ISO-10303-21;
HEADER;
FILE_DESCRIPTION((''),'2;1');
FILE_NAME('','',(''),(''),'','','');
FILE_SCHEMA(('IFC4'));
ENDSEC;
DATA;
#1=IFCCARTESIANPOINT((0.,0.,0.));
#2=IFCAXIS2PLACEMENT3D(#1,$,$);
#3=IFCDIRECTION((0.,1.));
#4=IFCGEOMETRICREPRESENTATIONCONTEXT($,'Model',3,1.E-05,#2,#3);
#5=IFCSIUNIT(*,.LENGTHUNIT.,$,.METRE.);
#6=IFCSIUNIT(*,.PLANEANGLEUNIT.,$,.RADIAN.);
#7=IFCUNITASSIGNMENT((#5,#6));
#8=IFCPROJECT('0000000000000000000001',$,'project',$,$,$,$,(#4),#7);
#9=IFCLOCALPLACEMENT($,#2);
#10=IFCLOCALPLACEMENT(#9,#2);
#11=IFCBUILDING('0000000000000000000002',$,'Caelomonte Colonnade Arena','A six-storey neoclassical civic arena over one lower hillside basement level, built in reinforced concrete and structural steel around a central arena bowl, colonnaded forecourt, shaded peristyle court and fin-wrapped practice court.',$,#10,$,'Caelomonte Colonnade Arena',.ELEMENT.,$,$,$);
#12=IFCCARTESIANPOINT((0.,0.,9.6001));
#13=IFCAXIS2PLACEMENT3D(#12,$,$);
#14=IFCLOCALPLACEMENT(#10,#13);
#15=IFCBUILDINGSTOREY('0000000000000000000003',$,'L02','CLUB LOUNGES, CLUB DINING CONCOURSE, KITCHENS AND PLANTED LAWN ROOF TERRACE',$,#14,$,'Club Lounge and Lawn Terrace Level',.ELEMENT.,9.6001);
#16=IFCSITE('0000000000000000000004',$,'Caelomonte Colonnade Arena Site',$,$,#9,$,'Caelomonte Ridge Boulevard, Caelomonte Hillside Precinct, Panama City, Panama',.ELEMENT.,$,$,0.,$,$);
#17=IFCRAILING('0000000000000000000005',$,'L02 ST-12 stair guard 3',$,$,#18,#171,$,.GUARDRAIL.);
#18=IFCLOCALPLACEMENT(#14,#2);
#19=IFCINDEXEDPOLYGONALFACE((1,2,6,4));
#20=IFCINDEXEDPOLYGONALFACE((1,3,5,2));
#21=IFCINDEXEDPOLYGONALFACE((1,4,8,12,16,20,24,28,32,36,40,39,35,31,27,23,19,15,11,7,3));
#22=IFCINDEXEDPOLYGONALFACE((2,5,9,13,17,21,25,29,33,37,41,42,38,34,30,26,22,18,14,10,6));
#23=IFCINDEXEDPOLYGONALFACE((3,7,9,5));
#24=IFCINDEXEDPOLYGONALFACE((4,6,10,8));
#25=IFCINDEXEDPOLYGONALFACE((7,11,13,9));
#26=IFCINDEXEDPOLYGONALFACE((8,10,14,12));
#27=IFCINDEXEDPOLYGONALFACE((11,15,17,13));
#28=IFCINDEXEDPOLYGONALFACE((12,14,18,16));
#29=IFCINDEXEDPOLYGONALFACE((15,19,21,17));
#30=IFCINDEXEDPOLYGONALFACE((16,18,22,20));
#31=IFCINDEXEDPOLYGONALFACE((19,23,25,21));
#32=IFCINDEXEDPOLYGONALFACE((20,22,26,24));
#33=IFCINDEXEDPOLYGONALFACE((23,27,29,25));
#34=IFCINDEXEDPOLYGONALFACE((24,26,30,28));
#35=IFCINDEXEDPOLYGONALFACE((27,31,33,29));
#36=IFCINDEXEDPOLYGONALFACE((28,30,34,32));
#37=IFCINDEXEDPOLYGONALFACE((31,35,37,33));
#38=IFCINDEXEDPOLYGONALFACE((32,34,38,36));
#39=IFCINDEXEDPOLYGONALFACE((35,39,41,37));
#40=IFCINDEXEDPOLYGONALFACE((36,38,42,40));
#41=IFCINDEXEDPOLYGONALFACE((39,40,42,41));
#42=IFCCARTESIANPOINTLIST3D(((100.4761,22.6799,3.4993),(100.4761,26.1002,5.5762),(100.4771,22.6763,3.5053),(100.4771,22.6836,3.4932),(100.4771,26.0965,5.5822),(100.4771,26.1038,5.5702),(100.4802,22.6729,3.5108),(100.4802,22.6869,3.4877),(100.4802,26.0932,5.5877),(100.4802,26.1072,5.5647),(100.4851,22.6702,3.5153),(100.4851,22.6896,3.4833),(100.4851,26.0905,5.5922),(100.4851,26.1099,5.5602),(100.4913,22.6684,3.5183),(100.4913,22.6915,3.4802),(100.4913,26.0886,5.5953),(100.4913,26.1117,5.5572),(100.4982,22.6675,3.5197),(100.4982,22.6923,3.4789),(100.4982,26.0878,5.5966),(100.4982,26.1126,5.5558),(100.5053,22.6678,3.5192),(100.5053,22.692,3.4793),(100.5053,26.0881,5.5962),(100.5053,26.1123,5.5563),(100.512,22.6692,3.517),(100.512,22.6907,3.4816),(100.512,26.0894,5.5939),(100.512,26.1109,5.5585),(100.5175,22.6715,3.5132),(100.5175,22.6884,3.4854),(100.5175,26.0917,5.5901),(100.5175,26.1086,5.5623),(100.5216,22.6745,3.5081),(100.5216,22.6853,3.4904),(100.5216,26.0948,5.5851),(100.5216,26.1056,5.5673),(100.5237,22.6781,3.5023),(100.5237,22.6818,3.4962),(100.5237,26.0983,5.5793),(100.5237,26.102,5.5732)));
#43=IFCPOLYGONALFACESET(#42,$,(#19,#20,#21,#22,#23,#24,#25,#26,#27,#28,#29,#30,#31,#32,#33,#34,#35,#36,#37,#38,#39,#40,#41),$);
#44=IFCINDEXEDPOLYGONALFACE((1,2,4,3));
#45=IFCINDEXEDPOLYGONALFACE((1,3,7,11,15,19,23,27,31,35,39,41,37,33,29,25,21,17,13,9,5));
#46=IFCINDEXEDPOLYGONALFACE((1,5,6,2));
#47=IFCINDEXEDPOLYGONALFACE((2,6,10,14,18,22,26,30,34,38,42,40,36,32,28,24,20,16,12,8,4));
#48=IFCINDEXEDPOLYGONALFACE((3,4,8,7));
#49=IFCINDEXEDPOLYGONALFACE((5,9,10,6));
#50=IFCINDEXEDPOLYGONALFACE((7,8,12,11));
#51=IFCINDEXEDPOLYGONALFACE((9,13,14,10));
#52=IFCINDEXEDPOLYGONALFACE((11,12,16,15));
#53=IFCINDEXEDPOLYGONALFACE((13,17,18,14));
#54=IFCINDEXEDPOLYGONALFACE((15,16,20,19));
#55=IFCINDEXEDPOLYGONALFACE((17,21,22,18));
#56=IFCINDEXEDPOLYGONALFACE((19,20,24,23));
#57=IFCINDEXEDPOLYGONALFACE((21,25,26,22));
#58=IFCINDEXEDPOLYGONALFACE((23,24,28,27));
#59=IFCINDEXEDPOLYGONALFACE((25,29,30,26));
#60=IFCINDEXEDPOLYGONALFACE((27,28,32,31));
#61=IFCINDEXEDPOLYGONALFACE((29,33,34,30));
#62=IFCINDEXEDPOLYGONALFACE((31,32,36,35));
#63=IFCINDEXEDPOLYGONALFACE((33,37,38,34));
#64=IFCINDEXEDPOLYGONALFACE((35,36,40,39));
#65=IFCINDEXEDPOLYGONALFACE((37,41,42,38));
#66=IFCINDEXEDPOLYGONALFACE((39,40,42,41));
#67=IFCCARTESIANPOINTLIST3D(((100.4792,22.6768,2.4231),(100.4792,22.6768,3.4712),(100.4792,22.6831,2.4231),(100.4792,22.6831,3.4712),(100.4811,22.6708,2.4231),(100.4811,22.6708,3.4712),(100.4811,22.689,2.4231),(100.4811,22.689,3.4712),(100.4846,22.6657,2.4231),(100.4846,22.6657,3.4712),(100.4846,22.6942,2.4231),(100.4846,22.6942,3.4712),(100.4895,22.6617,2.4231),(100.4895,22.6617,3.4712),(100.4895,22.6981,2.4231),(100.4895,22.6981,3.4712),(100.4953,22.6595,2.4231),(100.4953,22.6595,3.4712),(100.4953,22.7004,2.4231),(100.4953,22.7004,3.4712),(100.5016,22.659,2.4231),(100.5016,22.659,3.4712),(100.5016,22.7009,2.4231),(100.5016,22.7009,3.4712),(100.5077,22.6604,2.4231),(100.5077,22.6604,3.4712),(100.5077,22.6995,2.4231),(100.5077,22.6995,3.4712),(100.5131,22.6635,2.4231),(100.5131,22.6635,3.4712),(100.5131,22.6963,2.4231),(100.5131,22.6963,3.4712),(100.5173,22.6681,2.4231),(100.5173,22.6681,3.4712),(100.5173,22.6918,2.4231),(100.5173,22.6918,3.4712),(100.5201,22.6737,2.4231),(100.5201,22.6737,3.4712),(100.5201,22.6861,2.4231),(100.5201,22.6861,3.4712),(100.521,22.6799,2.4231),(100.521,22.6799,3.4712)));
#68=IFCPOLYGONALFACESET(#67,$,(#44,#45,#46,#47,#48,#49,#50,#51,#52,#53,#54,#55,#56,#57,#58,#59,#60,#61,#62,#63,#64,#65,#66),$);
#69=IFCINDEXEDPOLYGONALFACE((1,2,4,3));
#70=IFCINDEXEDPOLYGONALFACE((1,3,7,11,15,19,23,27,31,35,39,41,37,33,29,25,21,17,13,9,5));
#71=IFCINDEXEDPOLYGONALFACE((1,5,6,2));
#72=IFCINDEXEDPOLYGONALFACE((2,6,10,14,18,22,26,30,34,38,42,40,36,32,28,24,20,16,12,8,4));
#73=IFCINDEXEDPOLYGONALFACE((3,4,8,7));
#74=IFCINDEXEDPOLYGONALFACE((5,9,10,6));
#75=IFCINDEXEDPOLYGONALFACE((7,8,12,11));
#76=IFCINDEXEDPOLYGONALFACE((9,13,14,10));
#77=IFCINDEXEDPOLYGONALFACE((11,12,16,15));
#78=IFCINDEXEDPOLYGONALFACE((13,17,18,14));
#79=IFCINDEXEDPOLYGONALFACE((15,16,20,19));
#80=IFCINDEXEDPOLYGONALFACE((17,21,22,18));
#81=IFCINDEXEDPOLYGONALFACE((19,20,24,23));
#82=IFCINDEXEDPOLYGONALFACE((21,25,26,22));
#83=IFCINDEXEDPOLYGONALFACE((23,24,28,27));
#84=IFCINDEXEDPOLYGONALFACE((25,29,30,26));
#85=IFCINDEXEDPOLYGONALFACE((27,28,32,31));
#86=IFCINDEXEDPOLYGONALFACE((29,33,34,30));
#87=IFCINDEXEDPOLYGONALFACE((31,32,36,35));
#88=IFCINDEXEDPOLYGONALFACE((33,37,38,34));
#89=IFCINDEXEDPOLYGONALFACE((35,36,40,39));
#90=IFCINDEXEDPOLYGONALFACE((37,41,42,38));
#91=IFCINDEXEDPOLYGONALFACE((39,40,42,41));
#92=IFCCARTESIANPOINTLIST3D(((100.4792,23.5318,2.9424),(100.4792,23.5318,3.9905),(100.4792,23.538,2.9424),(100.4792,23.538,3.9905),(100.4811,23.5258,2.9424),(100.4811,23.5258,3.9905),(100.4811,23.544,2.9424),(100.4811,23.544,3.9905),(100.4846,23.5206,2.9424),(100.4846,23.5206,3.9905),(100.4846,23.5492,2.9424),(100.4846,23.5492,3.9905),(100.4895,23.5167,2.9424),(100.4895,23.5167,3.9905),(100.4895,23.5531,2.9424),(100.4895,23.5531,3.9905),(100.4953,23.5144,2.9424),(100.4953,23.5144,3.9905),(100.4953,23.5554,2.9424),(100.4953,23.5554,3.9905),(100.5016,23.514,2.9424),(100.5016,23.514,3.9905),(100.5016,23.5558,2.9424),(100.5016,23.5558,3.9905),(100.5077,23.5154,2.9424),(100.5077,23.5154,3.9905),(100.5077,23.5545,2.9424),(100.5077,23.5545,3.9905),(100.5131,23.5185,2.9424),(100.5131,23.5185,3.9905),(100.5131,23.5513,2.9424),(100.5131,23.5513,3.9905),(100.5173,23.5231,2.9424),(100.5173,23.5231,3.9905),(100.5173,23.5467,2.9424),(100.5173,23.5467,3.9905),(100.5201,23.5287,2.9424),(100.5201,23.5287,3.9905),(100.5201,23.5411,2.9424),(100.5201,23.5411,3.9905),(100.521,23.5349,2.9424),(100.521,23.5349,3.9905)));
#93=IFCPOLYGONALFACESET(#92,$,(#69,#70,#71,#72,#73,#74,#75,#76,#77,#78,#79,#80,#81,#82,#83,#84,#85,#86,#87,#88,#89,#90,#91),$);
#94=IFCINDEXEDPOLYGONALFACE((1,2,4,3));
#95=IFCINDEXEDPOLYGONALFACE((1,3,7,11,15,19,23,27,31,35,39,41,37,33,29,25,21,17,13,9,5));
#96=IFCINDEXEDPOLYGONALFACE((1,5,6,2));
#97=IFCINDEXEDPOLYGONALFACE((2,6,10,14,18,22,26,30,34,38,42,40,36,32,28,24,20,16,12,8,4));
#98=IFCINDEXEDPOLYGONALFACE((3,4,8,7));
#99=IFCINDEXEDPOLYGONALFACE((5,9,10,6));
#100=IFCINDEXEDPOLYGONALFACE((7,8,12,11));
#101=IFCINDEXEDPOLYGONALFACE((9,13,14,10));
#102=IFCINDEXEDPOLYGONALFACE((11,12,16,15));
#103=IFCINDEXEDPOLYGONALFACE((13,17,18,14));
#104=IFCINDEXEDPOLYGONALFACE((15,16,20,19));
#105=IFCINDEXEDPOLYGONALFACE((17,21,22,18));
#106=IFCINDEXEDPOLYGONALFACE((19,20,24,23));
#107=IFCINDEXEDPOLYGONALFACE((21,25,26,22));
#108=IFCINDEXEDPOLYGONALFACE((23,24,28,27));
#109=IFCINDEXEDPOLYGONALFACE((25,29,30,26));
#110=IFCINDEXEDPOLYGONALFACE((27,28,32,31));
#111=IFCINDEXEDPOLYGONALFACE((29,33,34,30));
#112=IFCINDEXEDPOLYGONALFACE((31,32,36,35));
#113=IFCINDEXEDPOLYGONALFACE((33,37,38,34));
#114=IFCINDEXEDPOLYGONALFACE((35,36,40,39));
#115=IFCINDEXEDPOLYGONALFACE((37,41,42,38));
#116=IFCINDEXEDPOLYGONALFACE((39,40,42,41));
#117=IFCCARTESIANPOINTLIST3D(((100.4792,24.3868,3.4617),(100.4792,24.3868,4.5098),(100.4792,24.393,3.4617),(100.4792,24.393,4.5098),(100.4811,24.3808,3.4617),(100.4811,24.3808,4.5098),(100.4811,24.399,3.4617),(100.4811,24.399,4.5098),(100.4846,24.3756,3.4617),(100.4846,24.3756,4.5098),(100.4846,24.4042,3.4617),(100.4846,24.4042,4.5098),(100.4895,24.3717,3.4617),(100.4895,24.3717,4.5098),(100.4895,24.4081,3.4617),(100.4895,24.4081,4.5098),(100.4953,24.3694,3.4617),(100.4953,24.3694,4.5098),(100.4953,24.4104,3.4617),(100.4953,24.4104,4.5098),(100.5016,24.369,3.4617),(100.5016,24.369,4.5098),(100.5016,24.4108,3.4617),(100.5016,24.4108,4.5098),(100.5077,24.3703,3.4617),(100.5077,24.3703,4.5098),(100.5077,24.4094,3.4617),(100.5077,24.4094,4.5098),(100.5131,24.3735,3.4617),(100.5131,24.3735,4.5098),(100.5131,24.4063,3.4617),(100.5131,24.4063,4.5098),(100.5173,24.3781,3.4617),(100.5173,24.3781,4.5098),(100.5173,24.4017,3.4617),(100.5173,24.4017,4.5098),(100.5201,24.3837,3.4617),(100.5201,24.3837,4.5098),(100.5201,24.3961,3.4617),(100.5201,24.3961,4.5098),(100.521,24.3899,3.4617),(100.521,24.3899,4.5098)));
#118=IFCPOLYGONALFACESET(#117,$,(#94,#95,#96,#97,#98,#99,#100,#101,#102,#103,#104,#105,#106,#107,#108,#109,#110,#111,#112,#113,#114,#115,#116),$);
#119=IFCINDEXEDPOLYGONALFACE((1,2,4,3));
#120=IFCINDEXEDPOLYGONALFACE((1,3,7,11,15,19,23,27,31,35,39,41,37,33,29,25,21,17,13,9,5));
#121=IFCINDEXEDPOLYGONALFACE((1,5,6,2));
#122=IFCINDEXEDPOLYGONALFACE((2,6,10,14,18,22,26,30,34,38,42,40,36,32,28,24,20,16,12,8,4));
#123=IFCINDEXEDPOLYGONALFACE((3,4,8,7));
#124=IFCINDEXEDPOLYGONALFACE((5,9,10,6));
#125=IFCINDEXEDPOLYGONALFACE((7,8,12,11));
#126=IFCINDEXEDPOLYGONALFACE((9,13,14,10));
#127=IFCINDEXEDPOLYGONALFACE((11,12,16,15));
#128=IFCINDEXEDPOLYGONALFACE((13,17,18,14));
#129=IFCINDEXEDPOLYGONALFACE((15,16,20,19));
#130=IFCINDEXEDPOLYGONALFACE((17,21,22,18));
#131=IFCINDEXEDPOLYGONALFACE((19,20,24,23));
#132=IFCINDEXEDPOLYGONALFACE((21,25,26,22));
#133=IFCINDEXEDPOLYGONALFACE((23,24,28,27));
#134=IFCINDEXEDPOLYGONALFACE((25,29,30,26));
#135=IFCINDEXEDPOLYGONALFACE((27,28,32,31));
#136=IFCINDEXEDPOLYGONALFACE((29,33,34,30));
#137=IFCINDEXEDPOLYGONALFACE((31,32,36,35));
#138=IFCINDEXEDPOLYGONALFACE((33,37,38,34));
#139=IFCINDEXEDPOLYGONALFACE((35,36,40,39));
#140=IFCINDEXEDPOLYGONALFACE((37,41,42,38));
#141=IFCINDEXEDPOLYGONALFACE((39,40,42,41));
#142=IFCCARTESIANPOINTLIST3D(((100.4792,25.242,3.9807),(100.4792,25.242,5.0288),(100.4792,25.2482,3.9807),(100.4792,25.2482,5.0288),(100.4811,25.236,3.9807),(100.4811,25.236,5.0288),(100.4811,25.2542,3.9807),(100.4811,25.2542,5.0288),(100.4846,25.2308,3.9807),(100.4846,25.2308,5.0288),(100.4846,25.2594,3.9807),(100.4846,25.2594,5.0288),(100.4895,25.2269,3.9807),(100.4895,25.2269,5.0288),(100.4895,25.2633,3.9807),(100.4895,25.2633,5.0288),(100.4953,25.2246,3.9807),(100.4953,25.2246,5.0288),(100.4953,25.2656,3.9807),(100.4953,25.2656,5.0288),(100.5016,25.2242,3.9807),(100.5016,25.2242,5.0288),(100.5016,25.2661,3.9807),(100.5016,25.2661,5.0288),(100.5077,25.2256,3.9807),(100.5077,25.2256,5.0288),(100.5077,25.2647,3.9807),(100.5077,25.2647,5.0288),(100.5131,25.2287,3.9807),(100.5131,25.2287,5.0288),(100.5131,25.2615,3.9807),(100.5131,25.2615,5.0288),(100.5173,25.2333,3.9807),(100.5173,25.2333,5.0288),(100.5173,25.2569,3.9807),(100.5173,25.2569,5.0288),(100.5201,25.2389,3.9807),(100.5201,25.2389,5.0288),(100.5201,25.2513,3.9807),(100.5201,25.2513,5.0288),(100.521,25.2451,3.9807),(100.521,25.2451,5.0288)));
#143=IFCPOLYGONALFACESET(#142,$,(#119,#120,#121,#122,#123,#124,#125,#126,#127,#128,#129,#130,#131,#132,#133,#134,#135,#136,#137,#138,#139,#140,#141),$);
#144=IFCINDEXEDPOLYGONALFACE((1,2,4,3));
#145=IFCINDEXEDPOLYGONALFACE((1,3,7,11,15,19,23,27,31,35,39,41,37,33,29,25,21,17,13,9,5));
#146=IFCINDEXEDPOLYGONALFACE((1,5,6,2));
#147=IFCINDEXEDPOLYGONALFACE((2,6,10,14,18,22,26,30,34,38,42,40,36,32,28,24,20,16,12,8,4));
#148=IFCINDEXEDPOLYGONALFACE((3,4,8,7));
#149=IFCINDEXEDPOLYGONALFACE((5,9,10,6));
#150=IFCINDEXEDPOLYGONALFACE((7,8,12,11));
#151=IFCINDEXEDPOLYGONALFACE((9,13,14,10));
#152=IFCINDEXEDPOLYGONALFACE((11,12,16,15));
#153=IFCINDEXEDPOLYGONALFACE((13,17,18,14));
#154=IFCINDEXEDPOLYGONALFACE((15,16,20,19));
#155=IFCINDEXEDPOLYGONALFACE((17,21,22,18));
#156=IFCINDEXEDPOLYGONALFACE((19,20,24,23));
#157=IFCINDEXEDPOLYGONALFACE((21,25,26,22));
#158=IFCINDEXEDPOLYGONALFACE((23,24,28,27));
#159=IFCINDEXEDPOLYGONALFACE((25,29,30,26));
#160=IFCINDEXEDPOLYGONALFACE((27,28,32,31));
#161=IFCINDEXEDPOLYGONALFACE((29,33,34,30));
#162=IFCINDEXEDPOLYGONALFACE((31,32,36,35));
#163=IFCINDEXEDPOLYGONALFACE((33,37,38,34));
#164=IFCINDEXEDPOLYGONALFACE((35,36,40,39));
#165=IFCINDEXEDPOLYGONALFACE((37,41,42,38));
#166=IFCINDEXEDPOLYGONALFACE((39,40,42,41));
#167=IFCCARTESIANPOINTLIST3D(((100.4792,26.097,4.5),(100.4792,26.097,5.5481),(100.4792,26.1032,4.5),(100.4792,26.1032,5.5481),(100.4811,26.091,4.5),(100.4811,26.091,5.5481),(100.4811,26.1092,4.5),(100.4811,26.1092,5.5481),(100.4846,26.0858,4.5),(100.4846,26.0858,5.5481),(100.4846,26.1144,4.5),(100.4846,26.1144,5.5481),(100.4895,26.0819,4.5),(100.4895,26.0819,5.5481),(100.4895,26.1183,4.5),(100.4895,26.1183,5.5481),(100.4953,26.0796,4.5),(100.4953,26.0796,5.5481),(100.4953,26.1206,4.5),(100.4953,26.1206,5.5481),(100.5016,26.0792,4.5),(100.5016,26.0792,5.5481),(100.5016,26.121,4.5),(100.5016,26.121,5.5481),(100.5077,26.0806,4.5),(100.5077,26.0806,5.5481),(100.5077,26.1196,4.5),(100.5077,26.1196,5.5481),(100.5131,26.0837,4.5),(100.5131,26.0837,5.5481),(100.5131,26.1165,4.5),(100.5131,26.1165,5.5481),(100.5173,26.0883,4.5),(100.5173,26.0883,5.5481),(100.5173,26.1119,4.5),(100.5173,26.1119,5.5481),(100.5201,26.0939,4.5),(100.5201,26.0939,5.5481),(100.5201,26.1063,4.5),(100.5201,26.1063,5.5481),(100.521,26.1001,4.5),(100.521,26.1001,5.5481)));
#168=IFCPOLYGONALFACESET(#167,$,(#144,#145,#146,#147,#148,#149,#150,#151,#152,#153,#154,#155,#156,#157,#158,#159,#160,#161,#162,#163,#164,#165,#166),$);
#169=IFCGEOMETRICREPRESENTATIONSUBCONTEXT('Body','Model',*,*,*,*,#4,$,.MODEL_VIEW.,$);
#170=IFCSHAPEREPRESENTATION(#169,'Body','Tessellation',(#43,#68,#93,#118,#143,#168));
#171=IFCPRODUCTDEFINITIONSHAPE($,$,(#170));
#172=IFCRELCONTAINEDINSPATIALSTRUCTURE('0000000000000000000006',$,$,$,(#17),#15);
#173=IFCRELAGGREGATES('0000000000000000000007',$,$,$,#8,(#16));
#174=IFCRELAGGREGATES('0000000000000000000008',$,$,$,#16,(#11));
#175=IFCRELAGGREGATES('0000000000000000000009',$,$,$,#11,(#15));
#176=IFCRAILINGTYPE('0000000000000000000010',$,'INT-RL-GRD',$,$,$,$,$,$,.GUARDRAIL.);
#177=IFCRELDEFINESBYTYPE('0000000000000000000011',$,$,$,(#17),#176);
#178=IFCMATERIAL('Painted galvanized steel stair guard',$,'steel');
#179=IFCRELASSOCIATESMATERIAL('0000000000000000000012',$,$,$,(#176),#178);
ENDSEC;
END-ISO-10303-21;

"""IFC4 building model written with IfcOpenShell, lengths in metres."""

from ifc_helpers import new_model, si_unit, direction, frame, origin, origin_2d, place, context, subcontext, project, spatial, circle, extrude, material, type_object, element, save


model = new_model("IFC4")

# Units and contexts
model_context = context("Model", 3, precision=1e-05, world=origin(), true_north=direction((0.0, 1.0)))
body_context = subcontext(model_context, "Body", "Model", "MODEL_VIEW")
ifc_project = project(units=[si_unit("LENGTHUNIT", "METRE"), si_unit("PLANEANGLEUNIT", "RADIAN")], contexts=[model_context])

# Site, building, storey
site_placement = place(None, origin())
site = spatial("IfcSite", under=ifc_project, at=site_placement, Name="Caelomonte Colonnade Arena Site", LongName="Caelomonte Ridge Boulevard, Caelomonte Hillside Precinct, Panama City, Panama", CompositionType="ELEMENT", RefElevation=0.0)
building_placement = place(site_placement, origin())
building = spatial("IfcBuilding", under=site, at=building_placement, Name="Caelomonte Colonnade Arena", Description="A six-storey neoclassical civic arena over one lower hillside basement level, built in reinforced concrete and structural steel around a central arena bowl, colonnaded forecourt, shaded peristyle court and fin-wrapped practice court.", LongName="Caelomonte Colonnade Arena", CompositionType="ELEMENT")
storey_placement = place(building_placement, frame((0.0, 0.0, 9.6001)))
storey = spatial("IfcBuildingStorey", under=building, at=storey_placement, Name="L02", Description="CLUB LOUNGES, CLUB DINING CONCOURSE, KITCHENS AND PLANTED LAWN ROOF TERRACE", LongName="Club Lounge and Lawn Terrace Level", CompositionType="ELEMENT", Elevation=9.6001)

# Railing
ifc_material_1 = material(Name="Painted galvanized steel stair guard", Category="steel")
railing_type_1 = type_object("IfcRailingType", Name="INT-RL-GRD", PredefinedType="GUARDRAIL", material=ifc_material_1)
railing_1_placement = place(storey_placement, frame((100.5, 22.6799, 2.4231)))
element("IfcRailing", 1, at=railing_1_placement, inside=storey, type_object=railing_type_1, Name="L02 ST-12 stair guard 3", PredefinedType="GUARDRAIL", context=body_context, shape_type="SweptSolid", body=[
    extrude(circle(Radius=0.0239, at=origin_2d()), frame((0.0, 0.0, 1.0762), z_axis=(0.0, 0.854746, 0.519047), x_axis=(-1.0, 0.0, 0.0)), (0.0, 0.0, 1.0), 4.0015),
    extrude(circle(Radius=0.021, at=origin_2d()), origin(), (0.0, 0.0, 1.0), 1.0481),
    extrude(circle(Radius=0.021, at=origin_2d()), frame((0.0, 0.855, 0.5193)), (0.0, 0.0, 1.0), 1.0481),
    extrude(circle(Radius=0.021, at=origin_2d()), frame((0.0, 1.71, 1.0386)), (0.0, 0.0, 1.0), 1.0481),
    extrude(circle(Radius=0.021, at=origin_2d()), frame((0.0, 2.5652, 1.5576)), (0.0, 0.0, 1.0), 1.0481),
    extrude(circle(Radius=0.021, at=origin_2d()), frame((0.0, 3.4202, 2.0769)), (0.0, 0.0, 1.0), 1.0481),
])

save(model, "model.ifc")
